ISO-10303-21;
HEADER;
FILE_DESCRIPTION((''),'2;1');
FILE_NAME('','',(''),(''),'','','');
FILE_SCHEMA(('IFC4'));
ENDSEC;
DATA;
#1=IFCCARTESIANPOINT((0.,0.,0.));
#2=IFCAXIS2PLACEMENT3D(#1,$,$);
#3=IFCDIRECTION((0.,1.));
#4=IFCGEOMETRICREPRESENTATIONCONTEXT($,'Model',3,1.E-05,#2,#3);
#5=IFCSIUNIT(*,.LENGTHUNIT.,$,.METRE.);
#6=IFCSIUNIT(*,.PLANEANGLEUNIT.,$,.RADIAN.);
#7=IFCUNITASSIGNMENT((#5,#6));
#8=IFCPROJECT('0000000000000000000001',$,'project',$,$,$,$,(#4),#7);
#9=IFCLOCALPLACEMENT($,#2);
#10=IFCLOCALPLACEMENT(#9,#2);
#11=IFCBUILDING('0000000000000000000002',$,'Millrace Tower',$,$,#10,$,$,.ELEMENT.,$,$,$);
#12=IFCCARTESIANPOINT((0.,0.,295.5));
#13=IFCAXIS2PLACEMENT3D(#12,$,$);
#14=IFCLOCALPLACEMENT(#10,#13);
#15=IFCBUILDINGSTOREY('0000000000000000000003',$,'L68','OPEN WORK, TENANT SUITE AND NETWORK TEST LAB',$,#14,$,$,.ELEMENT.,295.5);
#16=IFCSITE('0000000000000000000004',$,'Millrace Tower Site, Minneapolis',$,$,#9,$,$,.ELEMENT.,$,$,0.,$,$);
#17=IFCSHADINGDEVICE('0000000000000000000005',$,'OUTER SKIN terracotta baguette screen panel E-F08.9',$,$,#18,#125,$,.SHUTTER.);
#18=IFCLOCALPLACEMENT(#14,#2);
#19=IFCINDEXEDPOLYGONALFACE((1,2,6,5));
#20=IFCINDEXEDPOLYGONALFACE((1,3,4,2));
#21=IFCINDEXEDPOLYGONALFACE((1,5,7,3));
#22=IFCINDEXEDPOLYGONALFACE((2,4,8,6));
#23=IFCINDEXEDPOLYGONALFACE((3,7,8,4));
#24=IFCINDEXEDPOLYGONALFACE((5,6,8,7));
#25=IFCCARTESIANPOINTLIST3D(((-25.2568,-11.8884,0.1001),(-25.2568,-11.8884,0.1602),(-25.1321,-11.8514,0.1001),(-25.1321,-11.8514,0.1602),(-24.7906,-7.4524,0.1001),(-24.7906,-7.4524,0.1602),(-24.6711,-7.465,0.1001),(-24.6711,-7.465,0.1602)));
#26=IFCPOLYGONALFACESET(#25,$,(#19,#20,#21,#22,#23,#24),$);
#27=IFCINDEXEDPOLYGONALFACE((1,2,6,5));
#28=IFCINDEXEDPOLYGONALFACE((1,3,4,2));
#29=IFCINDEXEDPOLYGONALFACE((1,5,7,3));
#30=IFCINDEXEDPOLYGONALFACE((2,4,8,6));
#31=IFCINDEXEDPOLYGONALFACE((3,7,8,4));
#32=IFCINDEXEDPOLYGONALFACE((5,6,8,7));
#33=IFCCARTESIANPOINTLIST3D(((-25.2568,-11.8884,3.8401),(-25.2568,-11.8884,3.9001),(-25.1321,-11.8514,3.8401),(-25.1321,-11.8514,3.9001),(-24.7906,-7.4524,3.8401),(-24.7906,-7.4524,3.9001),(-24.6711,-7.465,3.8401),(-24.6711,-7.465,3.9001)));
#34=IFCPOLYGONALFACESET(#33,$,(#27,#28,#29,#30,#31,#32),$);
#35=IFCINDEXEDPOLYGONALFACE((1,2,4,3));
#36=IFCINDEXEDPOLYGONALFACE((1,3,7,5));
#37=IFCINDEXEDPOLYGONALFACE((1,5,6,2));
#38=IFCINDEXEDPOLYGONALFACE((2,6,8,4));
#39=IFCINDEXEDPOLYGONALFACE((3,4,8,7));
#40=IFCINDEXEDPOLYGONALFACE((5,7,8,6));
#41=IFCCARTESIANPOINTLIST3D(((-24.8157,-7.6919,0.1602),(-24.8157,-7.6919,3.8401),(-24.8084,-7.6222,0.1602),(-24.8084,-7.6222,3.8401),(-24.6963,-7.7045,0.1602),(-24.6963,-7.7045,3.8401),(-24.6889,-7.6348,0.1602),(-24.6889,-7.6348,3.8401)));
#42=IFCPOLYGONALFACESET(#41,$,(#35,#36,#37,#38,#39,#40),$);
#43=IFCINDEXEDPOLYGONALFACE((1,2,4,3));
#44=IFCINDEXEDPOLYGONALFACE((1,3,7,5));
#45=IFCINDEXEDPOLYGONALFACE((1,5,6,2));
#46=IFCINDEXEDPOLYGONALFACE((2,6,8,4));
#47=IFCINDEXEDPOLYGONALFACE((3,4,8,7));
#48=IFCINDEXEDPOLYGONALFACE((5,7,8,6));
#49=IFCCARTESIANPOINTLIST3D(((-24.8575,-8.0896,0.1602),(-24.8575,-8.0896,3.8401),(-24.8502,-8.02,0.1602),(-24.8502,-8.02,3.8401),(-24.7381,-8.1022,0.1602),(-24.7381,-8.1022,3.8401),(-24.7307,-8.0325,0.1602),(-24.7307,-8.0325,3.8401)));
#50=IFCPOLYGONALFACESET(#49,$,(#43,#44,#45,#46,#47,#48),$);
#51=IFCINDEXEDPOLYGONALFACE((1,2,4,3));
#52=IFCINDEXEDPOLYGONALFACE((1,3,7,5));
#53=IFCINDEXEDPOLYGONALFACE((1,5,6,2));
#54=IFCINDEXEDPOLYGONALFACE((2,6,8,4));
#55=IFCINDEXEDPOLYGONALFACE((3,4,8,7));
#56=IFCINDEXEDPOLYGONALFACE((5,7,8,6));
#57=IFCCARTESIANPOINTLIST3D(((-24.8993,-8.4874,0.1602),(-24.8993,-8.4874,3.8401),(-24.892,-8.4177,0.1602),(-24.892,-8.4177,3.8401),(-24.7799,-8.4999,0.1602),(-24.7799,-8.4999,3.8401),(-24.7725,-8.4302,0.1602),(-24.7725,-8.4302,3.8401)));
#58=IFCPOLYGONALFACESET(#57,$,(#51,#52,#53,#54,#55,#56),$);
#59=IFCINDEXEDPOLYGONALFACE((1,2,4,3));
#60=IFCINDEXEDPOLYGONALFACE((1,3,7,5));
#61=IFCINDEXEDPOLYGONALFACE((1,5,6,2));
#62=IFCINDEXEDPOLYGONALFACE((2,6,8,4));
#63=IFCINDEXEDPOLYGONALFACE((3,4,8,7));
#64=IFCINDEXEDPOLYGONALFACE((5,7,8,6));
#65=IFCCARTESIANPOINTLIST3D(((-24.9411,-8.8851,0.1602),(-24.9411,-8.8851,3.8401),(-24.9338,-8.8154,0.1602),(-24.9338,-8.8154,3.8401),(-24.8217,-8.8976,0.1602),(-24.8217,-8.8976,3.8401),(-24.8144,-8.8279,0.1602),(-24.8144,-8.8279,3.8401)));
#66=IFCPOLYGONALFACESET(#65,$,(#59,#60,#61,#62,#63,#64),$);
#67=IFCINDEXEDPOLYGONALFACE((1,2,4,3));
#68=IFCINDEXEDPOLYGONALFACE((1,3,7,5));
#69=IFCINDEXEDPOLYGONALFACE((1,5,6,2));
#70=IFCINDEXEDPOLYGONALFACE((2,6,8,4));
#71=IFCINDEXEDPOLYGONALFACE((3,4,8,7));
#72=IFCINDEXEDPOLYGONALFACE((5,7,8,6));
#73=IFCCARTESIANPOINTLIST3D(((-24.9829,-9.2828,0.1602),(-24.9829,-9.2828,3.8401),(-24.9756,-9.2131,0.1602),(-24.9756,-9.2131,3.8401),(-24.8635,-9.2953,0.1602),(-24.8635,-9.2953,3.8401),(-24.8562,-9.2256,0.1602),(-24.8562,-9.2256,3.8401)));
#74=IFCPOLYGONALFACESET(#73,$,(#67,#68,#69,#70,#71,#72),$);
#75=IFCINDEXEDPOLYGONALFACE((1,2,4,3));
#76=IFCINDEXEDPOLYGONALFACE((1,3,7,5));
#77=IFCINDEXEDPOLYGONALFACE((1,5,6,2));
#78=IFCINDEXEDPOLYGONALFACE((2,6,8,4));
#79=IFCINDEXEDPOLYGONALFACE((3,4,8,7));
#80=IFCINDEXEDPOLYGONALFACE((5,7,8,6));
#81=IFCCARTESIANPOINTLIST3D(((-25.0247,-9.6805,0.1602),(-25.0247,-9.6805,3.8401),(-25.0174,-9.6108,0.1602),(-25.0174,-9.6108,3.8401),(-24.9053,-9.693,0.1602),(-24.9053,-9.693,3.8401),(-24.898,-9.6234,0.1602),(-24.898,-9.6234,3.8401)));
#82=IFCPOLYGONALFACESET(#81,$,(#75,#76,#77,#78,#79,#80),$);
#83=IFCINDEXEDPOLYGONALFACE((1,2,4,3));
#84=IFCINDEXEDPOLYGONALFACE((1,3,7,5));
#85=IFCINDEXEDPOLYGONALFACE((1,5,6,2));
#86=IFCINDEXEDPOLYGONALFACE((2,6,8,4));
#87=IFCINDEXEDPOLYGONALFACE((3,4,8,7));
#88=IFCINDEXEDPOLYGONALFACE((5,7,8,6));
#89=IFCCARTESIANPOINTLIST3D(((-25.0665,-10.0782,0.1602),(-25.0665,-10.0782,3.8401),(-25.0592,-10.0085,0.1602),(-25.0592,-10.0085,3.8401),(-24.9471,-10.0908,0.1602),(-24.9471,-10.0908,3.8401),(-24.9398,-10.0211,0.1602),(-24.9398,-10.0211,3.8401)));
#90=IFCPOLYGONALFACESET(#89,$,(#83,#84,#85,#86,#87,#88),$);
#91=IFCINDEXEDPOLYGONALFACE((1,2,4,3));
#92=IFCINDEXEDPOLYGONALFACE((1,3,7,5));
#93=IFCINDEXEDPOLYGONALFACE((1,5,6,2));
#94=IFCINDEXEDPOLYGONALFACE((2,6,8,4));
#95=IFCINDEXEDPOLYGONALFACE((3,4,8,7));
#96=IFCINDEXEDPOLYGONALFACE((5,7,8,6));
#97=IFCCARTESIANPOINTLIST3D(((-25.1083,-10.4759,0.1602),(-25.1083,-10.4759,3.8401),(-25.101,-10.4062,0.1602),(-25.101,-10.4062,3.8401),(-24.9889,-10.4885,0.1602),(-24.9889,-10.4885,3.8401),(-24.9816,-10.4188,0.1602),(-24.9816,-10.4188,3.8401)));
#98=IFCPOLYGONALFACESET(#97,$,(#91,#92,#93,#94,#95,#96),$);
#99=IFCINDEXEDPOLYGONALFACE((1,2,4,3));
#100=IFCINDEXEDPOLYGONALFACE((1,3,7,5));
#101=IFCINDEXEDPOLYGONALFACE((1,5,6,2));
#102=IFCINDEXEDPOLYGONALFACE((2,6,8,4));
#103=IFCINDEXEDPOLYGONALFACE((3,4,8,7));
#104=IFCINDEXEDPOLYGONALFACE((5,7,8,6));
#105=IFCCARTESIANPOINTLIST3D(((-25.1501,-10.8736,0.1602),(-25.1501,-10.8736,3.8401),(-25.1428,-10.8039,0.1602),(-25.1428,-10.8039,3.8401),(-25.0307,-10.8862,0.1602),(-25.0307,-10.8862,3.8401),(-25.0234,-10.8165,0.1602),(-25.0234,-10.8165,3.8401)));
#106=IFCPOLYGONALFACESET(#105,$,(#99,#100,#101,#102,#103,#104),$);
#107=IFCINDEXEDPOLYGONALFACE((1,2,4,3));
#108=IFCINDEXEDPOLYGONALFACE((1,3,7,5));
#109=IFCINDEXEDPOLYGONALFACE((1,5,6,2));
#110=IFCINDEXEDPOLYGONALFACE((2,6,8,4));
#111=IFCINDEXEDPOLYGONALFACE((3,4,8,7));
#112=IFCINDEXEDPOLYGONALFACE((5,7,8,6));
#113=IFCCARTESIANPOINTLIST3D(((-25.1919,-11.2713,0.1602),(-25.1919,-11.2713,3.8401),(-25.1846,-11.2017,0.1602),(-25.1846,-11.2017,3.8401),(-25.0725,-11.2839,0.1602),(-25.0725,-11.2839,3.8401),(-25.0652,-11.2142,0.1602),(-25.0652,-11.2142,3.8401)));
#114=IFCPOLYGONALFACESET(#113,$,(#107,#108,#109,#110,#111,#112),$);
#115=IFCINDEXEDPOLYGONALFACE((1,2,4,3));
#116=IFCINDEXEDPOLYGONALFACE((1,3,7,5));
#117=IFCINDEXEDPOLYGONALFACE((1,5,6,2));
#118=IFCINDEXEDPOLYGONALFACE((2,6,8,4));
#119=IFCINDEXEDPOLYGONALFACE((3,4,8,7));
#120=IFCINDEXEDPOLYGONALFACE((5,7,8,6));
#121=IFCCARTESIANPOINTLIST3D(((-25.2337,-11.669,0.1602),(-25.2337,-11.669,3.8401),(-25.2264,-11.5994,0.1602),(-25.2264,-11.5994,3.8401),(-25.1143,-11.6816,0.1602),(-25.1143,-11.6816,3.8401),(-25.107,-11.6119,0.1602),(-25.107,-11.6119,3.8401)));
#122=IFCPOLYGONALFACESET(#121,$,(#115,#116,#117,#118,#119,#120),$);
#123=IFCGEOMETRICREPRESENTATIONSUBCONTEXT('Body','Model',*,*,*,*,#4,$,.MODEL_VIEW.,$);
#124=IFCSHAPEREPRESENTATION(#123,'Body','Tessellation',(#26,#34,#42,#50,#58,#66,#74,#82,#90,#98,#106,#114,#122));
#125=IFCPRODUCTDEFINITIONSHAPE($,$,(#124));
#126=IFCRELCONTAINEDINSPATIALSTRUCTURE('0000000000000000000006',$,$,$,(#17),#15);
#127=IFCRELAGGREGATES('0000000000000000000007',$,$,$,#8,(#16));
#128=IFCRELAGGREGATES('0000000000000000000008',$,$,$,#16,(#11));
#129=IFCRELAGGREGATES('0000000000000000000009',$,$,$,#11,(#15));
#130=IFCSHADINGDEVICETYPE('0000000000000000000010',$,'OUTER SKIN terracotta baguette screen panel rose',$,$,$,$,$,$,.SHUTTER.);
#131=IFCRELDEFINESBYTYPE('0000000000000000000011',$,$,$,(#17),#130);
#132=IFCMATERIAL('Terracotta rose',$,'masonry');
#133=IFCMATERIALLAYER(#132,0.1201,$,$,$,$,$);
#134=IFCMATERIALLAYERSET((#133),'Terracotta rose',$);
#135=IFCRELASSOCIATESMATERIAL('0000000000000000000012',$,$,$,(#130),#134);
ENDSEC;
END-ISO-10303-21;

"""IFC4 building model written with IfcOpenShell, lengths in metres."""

from ifc_helpers import new_model, entity, si_unit, direction, frame, frame_2d, origin, place, context, subcontext, project, spatial, rectangle, extrude, source, transform, mapped, material, layer, layer_set, type_object, element, save


model = new_model("IFC4")

# Units and contexts
model_context = context("Model", 3, precision=1e-05, world=origin(), true_north=direction((0.0, 1.0)))
body_context = subcontext(model_context, "Body", "Model", "MODEL_VIEW")
ifc_project = project(units=[si_unit("LENGTHUNIT", "METRE"), si_unit("PLANEANGLEUNIT", "RADIAN")], contexts=[model_context])

# Site, building, storey
site_placement = place(None, origin())
site = spatial("IfcSite", under=ifc_project, at=site_placement, Name="Millrace Tower Site, Minneapolis", CompositionType="ELEMENT", RefElevation=0.0)
building_placement = place(site_placement, origin())
building = spatial("IfcBuilding", under=site, at=building_placement, Name="Millrace Tower", CompositionType="ELEMENT")
storey_placement = place(building_placement, frame((0.0, 0.0, 295.5)))
storey = spatial("IfcBuildingStorey", under=building, at=storey_placement, Name="L68", Description="OPEN WORK, TENANT SUITE AND NETWORK TEST LAB", CompositionType="ELEMENT", Elevation=295.5)

# Shading device
ifc_material_1 = material(Name="Terracotta rose", Category="masonry")
ifc_layer_1 = layer(ifc_material_1, 0.1201)
ifc_layer_set_1 = layer_set([ifc_layer_1], Name="Terracotta rose")
shading_device_type = type_object("IfcShadingDeviceType", Name="OUTER SKIN terracotta baguette screen panel rose", PredefinedType="SHUTTER", material=ifc_layer_set_1)
cartesian_point_1 = entity("IfcCartesianPoint", [-2.2178, 0.0601])
shared_polyline_1 = entity("IfcPolyline", [cartesian_point_1, entity("IfcCartesianPoint", [2.1929, 0.0601]), entity("IfcCartesianPoint", [2.2427, -0.0601]), entity("IfcCartesianPoint", [-2.2178, -0.0601]), cartesian_point_1])
shared_shape_1 = source(origin(), body_context, "Body", "SweptSolid", [
    entity("IfcExtrudedAreaSolid", entity("IfcArbitraryClosedProfileDef", "AREA", None, shared_polyline_1), entity("IfcAxis2Placement3D", entity("IfcCartesianPoint", [0.0, 0.0, 0.0])), entity("IfcDirection", [0.0, 0.0, 1.0]), 0.0601),
    entity("IfcExtrudedAreaSolid", entity("IfcArbitraryClosedProfileDef", "AREA", None, shared_polyline_1), entity("IfcAxis2Placement3D", entity("IfcCartesianPoint", [0.0, 0.0, 3.74])), entity("IfcDirection", [0.0, 0.0, 1.0]), 0.0601),
    extrude(rectangle(XDim=0.0701, YDim=0.1201, at=frame_2d((-2.012, 0.0))), frame((0.0, 0.0, 0.0601)), (0.0, 0.0, 1.0), 3.6799),
    extrude(rectangle(XDim=0.0701, YDim=0.1201, at=frame_2d((-1.6121, 0.0))), frame((0.0, 0.0, 0.0601)), (0.0, 0.0, 1.0), 3.6799),
    extrude(rectangle(XDim=0.0701, YDim=0.1201, at=frame_2d((-1.2122, 0.0))), frame((0.0, 0.0, 0.0601)), (0.0, 0.0, 1.0), 3.6799),
    extrude(rectangle(XDim=0.0701, YDim=0.1201, at=frame_2d((-0.8123, 0.0))), frame((0.0, 0.0, 0.0601)), (0.0, 0.0, 1.0), 3.6799),
    extrude(rectangle(XDim=0.0701, YDim=0.1201, at=frame_2d((-0.4124, 0.0))), frame((0.0, 0.0, 0.0601)), (0.0, 0.0, 1.0), 3.6799),
    extrude(rectangle(XDim=0.0701, YDim=0.1201, at=frame_2d((-0.0125, 0.0))), frame((0.0, 0.0, 0.0601)), (0.0, 0.0, 1.0), 3.6799),
    extrude(rectangle(XDim=0.0701, YDim=0.1201, at=frame_2d((0.3875, 0.0))), frame((0.0, 0.0, 0.0601)), (0.0, 0.0, 1.0), 3.6799),
    extrude(rectangle(XDim=0.0701, YDim=0.1201, at=frame_2d((0.7874, 0.0))), frame((0.0, 0.0, 0.0601)), (0.0, 0.0, 1.0), 3.6799),
    extrude(rectangle(XDim=0.0701, YDim=0.1201, at=frame_2d((1.1873, 0.0))), frame((0.0, 0.0, 0.0601)), (0.0, 0.0, 1.0), 3.6799),
    extrude(rectangle(XDim=0.0701, YDim=0.1201, at=frame_2d((1.5872, 0.0))), frame((0.0, 0.0, 0.0601)), (0.0, 0.0, 1.0), 3.6799),
    extrude(rectangle(XDim=0.0701, YDim=0.1201, at=frame_2d((1.9871, 0.0))), frame((0.0, 0.0, 0.0601)), (0.0, 0.0, 1.0), 3.6799),
])
shading_device_placement = place(storey_placement, frame((-24.9626, -9.6643, 0.1001), z_axis=(0.0, 0.0, 1.0), x_axis=(-0.104528, -0.994522, 0.0)))
element("IfcShadingDevice", 1, at=shading_device_placement, inside=storey, type_object=shading_device_type, Name="OUTER SKIN terracotta baguette screen panel E-F08.9", PredefinedType="SHUTTER", context=body_context, shape_type="MappedRepresentation", body=[
    mapped(shared_shape_1, transform((0.0, 0.0, 0.0), scale=1.0)),
])

save(model, "model.ifc")
